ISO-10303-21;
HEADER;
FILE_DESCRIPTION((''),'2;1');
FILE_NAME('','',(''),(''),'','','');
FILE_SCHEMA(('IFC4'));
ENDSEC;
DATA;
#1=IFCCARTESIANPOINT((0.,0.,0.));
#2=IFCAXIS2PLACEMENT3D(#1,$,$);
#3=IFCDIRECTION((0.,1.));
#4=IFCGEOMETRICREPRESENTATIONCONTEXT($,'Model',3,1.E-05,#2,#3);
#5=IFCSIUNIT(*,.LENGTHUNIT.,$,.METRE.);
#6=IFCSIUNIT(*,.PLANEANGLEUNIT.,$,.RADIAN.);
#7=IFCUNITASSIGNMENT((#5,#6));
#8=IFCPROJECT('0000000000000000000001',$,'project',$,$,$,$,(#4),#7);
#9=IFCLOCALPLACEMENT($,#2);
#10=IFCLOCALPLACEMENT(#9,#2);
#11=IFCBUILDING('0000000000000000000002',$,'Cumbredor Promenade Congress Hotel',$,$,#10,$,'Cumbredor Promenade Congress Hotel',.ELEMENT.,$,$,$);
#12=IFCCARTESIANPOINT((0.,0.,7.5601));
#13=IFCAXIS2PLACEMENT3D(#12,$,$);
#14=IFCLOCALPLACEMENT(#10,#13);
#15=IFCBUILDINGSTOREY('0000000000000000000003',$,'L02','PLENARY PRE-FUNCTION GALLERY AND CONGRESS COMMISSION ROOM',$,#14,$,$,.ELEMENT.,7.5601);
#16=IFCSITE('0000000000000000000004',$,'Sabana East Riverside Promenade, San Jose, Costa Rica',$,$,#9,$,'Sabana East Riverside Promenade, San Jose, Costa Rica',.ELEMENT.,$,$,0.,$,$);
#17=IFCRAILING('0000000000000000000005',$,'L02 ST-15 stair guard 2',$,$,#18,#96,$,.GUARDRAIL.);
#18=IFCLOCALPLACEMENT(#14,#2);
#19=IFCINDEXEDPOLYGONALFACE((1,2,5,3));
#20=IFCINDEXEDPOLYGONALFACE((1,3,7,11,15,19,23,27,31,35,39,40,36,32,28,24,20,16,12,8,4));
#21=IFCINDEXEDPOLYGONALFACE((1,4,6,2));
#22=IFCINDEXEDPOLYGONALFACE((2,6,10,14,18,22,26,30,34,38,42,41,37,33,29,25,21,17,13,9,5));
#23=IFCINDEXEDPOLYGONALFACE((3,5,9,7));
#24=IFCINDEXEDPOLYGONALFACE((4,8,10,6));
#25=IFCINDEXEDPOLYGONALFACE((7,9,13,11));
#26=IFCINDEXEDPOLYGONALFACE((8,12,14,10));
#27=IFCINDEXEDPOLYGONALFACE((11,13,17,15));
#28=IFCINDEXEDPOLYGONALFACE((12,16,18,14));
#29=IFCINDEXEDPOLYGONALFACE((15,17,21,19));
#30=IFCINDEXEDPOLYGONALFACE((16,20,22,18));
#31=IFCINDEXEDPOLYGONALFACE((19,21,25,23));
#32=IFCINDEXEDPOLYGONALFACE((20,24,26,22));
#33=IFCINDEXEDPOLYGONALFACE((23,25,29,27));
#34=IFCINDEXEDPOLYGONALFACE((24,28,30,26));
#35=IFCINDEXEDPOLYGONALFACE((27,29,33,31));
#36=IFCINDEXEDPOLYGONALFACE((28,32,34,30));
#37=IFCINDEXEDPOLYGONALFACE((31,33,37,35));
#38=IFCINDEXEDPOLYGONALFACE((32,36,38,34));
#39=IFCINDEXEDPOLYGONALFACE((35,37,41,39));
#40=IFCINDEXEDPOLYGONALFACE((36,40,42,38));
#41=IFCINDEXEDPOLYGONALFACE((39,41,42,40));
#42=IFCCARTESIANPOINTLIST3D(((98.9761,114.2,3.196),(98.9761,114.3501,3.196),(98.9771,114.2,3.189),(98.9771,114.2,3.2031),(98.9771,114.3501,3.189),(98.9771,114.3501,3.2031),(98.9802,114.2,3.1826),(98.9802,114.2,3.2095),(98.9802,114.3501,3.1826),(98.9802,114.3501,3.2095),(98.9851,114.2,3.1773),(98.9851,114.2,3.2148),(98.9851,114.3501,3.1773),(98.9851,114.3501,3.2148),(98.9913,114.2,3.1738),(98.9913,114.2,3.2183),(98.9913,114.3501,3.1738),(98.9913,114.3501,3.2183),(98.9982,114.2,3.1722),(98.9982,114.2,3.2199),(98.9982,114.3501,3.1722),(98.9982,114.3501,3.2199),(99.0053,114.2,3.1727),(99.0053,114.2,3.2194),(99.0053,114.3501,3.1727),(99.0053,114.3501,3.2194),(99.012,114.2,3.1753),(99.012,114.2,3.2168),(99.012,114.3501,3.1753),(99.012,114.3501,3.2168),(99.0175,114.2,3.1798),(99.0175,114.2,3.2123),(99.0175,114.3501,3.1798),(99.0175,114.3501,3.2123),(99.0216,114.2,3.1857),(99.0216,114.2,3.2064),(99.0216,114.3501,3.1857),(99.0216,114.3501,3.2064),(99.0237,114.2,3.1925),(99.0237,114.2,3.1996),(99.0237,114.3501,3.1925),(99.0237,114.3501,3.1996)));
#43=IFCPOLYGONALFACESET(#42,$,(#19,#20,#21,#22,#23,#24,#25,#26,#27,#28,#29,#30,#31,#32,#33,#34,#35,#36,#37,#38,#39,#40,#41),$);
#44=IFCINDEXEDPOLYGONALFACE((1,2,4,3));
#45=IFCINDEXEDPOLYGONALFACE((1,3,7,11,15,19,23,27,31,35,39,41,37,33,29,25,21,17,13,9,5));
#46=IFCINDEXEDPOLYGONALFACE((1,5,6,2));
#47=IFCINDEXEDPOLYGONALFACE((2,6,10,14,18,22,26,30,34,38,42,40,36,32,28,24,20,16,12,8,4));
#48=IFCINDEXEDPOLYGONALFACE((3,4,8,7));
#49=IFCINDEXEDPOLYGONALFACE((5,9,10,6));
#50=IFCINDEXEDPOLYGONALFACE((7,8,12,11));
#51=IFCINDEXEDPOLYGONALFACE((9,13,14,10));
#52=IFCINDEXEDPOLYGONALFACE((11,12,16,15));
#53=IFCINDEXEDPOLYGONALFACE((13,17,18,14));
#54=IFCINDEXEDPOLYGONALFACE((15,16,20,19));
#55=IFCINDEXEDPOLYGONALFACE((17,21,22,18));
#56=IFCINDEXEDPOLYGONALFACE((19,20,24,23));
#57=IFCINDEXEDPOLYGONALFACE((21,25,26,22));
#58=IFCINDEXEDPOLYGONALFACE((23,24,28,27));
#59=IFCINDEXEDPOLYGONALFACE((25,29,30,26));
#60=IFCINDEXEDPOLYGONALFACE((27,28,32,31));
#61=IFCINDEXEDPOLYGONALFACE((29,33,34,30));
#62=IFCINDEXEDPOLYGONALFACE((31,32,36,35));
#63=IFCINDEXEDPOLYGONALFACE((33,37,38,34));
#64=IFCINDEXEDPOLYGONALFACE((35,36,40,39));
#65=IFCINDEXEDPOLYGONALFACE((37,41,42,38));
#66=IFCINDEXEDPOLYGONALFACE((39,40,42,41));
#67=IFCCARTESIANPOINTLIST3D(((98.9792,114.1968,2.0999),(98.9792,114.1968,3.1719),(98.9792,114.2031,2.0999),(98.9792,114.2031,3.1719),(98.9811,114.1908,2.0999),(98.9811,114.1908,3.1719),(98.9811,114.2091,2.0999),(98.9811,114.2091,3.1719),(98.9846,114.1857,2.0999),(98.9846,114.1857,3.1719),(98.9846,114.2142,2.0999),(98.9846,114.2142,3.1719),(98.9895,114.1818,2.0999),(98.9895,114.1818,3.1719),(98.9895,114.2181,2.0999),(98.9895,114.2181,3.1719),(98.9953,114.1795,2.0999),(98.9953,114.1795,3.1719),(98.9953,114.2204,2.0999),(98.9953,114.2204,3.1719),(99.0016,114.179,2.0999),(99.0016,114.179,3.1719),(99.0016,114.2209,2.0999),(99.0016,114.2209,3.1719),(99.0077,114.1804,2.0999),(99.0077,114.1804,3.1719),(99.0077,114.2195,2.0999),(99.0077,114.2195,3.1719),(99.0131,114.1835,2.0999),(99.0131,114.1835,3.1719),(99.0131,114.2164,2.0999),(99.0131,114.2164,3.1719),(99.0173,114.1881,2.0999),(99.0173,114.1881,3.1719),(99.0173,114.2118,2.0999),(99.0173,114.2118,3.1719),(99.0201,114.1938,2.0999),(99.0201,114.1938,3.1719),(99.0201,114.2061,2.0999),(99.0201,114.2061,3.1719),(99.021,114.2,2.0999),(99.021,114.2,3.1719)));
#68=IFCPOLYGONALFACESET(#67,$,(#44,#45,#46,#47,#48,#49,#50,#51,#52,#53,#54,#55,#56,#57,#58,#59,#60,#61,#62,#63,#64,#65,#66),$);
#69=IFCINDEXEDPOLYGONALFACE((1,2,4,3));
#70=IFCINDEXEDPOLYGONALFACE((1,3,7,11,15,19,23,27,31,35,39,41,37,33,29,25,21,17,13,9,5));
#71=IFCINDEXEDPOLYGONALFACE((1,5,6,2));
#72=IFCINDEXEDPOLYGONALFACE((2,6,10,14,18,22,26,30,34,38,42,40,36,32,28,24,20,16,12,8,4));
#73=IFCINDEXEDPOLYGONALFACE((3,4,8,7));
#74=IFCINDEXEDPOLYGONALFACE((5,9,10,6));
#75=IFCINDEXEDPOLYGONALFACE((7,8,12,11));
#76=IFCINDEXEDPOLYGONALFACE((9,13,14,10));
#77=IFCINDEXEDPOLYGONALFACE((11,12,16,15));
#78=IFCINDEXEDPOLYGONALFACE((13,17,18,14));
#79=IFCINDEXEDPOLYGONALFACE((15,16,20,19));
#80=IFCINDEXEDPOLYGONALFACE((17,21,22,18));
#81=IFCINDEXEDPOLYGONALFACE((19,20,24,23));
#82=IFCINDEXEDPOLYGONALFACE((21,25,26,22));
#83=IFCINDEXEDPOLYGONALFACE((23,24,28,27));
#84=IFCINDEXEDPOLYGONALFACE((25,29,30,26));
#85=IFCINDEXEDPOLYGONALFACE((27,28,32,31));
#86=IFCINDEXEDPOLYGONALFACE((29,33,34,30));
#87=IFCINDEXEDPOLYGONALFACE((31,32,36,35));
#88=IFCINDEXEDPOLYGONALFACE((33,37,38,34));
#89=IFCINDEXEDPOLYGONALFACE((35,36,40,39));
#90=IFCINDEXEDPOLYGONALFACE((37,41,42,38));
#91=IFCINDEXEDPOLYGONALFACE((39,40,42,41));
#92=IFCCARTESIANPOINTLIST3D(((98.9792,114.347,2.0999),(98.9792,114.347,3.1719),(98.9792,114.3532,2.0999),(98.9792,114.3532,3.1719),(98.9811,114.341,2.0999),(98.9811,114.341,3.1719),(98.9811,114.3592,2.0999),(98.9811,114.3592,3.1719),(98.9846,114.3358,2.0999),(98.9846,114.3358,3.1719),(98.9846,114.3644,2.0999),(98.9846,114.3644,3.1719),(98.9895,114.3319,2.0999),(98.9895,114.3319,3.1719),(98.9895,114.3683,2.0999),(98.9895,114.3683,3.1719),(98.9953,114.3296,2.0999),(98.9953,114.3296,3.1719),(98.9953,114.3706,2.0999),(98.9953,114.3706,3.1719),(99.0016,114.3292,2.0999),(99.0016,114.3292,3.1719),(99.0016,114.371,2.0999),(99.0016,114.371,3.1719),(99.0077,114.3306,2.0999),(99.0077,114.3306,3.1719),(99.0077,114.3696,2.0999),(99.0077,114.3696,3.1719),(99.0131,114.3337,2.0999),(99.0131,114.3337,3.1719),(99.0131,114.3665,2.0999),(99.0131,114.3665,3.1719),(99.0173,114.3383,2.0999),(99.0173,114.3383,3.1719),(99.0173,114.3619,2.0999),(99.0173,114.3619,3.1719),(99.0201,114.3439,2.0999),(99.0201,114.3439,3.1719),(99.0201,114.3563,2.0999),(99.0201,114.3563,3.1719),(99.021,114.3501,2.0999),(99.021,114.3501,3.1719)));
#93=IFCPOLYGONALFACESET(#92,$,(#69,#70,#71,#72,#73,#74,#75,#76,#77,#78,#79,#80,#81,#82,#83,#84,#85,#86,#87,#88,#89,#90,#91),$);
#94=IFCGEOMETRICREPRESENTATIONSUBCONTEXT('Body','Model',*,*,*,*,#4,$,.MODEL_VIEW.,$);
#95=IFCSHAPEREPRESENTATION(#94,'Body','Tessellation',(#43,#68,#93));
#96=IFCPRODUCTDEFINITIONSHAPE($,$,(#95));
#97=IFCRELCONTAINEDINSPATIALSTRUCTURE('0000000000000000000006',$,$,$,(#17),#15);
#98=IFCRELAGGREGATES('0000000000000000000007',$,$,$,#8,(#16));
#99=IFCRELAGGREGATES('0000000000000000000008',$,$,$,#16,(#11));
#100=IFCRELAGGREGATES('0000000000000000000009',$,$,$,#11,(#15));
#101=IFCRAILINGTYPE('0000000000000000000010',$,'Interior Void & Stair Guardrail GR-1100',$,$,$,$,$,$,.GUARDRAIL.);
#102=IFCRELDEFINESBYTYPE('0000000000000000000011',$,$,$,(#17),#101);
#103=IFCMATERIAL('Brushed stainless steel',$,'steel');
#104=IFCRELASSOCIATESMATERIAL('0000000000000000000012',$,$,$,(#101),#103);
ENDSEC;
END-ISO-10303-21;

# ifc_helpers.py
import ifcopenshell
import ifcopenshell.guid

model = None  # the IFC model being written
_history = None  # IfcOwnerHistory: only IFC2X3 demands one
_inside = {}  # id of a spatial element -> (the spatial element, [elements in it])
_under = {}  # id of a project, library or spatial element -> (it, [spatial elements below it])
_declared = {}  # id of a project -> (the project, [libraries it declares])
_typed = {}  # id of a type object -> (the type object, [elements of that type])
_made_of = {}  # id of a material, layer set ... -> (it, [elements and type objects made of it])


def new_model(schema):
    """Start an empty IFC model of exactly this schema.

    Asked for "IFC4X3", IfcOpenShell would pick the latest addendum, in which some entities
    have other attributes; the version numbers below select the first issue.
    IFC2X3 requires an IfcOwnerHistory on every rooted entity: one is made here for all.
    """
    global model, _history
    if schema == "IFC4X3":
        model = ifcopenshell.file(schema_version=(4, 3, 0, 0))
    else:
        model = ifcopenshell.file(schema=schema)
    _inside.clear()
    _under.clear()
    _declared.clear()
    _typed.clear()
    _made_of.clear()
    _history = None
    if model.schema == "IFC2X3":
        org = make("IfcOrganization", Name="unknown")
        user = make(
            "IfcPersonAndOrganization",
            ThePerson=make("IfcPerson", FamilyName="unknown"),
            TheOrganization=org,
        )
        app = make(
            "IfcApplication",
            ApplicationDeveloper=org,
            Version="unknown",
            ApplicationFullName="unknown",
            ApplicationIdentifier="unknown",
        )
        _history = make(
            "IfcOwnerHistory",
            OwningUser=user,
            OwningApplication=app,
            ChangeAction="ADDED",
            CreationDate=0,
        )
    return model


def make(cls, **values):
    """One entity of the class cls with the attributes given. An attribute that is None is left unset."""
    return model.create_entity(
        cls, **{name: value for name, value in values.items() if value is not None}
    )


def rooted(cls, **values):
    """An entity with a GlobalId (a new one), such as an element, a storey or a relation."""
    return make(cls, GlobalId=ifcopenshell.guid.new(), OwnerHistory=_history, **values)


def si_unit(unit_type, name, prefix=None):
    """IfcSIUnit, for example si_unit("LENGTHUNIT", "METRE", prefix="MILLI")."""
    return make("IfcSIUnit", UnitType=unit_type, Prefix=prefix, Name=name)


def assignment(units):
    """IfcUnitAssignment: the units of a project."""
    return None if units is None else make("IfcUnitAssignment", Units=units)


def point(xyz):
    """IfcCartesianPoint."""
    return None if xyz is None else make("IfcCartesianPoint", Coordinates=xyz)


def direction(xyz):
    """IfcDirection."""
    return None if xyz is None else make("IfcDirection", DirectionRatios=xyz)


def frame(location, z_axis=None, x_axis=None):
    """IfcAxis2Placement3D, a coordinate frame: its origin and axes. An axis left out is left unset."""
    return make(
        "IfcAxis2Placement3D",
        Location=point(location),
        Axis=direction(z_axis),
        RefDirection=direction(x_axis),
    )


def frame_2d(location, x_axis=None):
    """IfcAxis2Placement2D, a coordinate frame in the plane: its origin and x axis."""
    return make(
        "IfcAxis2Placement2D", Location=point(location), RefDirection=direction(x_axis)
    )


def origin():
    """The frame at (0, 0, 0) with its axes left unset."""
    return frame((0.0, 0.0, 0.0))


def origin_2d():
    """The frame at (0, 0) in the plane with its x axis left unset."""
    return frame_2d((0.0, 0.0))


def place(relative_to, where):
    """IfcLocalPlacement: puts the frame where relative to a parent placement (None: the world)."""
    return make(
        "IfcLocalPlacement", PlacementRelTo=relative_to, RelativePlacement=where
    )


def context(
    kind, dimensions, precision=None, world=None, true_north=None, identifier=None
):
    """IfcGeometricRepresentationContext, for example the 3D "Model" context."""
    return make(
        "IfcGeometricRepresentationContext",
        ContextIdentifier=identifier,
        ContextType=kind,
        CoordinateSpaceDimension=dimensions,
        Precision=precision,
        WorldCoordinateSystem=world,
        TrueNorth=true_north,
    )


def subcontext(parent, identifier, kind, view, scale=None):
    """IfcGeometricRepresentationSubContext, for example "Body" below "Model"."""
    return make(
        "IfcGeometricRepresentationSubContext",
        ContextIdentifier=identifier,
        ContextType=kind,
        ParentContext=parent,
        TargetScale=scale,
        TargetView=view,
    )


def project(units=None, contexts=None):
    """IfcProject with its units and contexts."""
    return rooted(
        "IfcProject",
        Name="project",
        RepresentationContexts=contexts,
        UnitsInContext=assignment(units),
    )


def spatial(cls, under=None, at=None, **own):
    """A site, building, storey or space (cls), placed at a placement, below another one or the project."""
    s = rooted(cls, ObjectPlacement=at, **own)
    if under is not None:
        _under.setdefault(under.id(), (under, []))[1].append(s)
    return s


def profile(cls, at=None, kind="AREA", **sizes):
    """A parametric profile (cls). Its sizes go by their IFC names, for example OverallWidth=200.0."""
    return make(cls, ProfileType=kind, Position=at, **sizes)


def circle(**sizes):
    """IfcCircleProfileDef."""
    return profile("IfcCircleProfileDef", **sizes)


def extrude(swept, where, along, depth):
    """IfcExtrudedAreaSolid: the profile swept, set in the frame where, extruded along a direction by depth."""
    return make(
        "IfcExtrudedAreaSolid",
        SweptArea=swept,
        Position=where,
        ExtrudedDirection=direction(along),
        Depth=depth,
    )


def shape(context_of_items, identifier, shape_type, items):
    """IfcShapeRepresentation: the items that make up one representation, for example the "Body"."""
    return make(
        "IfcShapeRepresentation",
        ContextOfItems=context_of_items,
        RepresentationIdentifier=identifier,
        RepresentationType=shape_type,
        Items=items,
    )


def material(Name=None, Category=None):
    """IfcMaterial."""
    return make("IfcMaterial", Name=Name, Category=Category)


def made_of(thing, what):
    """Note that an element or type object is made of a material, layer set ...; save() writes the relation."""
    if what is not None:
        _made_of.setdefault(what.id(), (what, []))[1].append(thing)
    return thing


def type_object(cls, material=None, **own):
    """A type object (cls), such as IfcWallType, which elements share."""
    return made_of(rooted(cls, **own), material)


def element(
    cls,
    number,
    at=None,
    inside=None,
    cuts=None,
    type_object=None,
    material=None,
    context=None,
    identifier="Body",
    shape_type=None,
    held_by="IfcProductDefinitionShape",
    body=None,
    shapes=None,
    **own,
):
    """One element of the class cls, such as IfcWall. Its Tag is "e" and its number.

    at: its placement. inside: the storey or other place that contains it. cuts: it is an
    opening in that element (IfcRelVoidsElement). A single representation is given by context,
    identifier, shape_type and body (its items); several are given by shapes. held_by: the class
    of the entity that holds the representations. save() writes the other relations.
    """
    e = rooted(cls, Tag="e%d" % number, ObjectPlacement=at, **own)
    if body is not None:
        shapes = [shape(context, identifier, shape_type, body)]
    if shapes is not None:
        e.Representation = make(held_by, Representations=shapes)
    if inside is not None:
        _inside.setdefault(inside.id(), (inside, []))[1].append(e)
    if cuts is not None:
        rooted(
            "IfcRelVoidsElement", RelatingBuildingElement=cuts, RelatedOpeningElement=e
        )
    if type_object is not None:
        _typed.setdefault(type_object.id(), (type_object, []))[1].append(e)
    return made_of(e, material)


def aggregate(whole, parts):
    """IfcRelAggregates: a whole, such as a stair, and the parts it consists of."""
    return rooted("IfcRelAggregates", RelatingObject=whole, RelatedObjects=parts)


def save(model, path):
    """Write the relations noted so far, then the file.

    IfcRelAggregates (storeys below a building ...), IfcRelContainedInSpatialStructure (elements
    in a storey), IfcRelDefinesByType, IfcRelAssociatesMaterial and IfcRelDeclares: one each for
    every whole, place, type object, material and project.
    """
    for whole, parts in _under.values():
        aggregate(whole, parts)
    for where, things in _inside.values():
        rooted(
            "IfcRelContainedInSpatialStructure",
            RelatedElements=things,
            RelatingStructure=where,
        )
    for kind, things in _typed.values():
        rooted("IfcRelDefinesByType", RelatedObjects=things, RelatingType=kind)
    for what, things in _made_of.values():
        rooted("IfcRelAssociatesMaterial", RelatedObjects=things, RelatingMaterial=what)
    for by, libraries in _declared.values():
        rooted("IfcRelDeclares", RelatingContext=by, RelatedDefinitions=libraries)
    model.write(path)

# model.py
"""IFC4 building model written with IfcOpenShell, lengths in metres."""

from ifc_helpers import new_model, si_unit, direction, frame, origin, origin_2d, place, context, subcontext, project, spatial, circle, extrude, material, type_object, element, save


model = new_model("IFC4")

# Units and contexts
model_context = context("Model", 3, precision=1e-05, world=origin(), true_north=direction((0.0, 1.0)))
body_context = subcontext(model_context, "Body", "Model", "MODEL_VIEW")
ifc_project = project(units=[si_unit("LENGTHUNIT", "METRE"), si_unit("PLANEANGLEUNIT", "RADIAN")], contexts=[model_context])

# Site, building, storey
site_placement = place(None, origin())
site = spatial("IfcSite", under=ifc_project, at=site_placement, Name="Sabana East Riverside Promenade, San Jose, Costa Rica", LongName="Sabana East Riverside Promenade, San Jose, Costa Rica", CompositionType="ELEMENT", RefElevation=0.0)
building_placement = place(site_placement, origin())
building = spatial("IfcBuilding", under=site, at=building_placement, Name="Cumbredor Promenade Congress Hotel", LongName="Cumbredor Promenade Congress Hotel", CompositionType="ELEMENT")
storey_placement = place(building_placement, frame((0.0, 0.0, 7.5601)))
storey = spatial("IfcBuildingStorey", under=building, at=storey_placement, Name="L02", Description="PLENARY PRE-FUNCTION GALLERY AND CONGRESS COMMISSION ROOM", CompositionType="ELEMENT", Elevation=7.5601)

# Railing
ifc_material_1 = material(Name="Brushed stainless steel", Category="steel")
railing_type_1 = type_object("IfcRailingType", Name="Interior Void & Stair Guardrail GR-1100", PredefinedType="GUARDRAIL", material=ifc_material_1)
railing_1_placement = place(storey_placement, frame((99.0, 114.2, 2.0999)))
element("IfcRailing", 1, at=railing_1_placement, inside=storey, type_object=railing_type_1, Name="L02 ST-15 stair guard 2", PredefinedType="GUARDRAIL", context=body_context, shape_type="SweptSolid", body=[
    extrude(circle(Radius=0.0239, at=origin_2d()), frame((0.0, 0.0, 1.0962), z_axis=(0.0, 1.0, 0.0), x_axis=(-1.0, 0.0, 0.0)), (0.0, 0.0, 1.0), 0.1501),
    extrude(circle(Radius=0.021, at=origin_2d()), origin(), (0.0, 0.0, 1.0), 1.072),
    extrude(circle(Radius=0.021, at=origin_2d()), frame((0.0, 0.1501, 0.0)), (0.0, 0.0, 1.0), 1.072),
])

save(model, "model.ifc")
